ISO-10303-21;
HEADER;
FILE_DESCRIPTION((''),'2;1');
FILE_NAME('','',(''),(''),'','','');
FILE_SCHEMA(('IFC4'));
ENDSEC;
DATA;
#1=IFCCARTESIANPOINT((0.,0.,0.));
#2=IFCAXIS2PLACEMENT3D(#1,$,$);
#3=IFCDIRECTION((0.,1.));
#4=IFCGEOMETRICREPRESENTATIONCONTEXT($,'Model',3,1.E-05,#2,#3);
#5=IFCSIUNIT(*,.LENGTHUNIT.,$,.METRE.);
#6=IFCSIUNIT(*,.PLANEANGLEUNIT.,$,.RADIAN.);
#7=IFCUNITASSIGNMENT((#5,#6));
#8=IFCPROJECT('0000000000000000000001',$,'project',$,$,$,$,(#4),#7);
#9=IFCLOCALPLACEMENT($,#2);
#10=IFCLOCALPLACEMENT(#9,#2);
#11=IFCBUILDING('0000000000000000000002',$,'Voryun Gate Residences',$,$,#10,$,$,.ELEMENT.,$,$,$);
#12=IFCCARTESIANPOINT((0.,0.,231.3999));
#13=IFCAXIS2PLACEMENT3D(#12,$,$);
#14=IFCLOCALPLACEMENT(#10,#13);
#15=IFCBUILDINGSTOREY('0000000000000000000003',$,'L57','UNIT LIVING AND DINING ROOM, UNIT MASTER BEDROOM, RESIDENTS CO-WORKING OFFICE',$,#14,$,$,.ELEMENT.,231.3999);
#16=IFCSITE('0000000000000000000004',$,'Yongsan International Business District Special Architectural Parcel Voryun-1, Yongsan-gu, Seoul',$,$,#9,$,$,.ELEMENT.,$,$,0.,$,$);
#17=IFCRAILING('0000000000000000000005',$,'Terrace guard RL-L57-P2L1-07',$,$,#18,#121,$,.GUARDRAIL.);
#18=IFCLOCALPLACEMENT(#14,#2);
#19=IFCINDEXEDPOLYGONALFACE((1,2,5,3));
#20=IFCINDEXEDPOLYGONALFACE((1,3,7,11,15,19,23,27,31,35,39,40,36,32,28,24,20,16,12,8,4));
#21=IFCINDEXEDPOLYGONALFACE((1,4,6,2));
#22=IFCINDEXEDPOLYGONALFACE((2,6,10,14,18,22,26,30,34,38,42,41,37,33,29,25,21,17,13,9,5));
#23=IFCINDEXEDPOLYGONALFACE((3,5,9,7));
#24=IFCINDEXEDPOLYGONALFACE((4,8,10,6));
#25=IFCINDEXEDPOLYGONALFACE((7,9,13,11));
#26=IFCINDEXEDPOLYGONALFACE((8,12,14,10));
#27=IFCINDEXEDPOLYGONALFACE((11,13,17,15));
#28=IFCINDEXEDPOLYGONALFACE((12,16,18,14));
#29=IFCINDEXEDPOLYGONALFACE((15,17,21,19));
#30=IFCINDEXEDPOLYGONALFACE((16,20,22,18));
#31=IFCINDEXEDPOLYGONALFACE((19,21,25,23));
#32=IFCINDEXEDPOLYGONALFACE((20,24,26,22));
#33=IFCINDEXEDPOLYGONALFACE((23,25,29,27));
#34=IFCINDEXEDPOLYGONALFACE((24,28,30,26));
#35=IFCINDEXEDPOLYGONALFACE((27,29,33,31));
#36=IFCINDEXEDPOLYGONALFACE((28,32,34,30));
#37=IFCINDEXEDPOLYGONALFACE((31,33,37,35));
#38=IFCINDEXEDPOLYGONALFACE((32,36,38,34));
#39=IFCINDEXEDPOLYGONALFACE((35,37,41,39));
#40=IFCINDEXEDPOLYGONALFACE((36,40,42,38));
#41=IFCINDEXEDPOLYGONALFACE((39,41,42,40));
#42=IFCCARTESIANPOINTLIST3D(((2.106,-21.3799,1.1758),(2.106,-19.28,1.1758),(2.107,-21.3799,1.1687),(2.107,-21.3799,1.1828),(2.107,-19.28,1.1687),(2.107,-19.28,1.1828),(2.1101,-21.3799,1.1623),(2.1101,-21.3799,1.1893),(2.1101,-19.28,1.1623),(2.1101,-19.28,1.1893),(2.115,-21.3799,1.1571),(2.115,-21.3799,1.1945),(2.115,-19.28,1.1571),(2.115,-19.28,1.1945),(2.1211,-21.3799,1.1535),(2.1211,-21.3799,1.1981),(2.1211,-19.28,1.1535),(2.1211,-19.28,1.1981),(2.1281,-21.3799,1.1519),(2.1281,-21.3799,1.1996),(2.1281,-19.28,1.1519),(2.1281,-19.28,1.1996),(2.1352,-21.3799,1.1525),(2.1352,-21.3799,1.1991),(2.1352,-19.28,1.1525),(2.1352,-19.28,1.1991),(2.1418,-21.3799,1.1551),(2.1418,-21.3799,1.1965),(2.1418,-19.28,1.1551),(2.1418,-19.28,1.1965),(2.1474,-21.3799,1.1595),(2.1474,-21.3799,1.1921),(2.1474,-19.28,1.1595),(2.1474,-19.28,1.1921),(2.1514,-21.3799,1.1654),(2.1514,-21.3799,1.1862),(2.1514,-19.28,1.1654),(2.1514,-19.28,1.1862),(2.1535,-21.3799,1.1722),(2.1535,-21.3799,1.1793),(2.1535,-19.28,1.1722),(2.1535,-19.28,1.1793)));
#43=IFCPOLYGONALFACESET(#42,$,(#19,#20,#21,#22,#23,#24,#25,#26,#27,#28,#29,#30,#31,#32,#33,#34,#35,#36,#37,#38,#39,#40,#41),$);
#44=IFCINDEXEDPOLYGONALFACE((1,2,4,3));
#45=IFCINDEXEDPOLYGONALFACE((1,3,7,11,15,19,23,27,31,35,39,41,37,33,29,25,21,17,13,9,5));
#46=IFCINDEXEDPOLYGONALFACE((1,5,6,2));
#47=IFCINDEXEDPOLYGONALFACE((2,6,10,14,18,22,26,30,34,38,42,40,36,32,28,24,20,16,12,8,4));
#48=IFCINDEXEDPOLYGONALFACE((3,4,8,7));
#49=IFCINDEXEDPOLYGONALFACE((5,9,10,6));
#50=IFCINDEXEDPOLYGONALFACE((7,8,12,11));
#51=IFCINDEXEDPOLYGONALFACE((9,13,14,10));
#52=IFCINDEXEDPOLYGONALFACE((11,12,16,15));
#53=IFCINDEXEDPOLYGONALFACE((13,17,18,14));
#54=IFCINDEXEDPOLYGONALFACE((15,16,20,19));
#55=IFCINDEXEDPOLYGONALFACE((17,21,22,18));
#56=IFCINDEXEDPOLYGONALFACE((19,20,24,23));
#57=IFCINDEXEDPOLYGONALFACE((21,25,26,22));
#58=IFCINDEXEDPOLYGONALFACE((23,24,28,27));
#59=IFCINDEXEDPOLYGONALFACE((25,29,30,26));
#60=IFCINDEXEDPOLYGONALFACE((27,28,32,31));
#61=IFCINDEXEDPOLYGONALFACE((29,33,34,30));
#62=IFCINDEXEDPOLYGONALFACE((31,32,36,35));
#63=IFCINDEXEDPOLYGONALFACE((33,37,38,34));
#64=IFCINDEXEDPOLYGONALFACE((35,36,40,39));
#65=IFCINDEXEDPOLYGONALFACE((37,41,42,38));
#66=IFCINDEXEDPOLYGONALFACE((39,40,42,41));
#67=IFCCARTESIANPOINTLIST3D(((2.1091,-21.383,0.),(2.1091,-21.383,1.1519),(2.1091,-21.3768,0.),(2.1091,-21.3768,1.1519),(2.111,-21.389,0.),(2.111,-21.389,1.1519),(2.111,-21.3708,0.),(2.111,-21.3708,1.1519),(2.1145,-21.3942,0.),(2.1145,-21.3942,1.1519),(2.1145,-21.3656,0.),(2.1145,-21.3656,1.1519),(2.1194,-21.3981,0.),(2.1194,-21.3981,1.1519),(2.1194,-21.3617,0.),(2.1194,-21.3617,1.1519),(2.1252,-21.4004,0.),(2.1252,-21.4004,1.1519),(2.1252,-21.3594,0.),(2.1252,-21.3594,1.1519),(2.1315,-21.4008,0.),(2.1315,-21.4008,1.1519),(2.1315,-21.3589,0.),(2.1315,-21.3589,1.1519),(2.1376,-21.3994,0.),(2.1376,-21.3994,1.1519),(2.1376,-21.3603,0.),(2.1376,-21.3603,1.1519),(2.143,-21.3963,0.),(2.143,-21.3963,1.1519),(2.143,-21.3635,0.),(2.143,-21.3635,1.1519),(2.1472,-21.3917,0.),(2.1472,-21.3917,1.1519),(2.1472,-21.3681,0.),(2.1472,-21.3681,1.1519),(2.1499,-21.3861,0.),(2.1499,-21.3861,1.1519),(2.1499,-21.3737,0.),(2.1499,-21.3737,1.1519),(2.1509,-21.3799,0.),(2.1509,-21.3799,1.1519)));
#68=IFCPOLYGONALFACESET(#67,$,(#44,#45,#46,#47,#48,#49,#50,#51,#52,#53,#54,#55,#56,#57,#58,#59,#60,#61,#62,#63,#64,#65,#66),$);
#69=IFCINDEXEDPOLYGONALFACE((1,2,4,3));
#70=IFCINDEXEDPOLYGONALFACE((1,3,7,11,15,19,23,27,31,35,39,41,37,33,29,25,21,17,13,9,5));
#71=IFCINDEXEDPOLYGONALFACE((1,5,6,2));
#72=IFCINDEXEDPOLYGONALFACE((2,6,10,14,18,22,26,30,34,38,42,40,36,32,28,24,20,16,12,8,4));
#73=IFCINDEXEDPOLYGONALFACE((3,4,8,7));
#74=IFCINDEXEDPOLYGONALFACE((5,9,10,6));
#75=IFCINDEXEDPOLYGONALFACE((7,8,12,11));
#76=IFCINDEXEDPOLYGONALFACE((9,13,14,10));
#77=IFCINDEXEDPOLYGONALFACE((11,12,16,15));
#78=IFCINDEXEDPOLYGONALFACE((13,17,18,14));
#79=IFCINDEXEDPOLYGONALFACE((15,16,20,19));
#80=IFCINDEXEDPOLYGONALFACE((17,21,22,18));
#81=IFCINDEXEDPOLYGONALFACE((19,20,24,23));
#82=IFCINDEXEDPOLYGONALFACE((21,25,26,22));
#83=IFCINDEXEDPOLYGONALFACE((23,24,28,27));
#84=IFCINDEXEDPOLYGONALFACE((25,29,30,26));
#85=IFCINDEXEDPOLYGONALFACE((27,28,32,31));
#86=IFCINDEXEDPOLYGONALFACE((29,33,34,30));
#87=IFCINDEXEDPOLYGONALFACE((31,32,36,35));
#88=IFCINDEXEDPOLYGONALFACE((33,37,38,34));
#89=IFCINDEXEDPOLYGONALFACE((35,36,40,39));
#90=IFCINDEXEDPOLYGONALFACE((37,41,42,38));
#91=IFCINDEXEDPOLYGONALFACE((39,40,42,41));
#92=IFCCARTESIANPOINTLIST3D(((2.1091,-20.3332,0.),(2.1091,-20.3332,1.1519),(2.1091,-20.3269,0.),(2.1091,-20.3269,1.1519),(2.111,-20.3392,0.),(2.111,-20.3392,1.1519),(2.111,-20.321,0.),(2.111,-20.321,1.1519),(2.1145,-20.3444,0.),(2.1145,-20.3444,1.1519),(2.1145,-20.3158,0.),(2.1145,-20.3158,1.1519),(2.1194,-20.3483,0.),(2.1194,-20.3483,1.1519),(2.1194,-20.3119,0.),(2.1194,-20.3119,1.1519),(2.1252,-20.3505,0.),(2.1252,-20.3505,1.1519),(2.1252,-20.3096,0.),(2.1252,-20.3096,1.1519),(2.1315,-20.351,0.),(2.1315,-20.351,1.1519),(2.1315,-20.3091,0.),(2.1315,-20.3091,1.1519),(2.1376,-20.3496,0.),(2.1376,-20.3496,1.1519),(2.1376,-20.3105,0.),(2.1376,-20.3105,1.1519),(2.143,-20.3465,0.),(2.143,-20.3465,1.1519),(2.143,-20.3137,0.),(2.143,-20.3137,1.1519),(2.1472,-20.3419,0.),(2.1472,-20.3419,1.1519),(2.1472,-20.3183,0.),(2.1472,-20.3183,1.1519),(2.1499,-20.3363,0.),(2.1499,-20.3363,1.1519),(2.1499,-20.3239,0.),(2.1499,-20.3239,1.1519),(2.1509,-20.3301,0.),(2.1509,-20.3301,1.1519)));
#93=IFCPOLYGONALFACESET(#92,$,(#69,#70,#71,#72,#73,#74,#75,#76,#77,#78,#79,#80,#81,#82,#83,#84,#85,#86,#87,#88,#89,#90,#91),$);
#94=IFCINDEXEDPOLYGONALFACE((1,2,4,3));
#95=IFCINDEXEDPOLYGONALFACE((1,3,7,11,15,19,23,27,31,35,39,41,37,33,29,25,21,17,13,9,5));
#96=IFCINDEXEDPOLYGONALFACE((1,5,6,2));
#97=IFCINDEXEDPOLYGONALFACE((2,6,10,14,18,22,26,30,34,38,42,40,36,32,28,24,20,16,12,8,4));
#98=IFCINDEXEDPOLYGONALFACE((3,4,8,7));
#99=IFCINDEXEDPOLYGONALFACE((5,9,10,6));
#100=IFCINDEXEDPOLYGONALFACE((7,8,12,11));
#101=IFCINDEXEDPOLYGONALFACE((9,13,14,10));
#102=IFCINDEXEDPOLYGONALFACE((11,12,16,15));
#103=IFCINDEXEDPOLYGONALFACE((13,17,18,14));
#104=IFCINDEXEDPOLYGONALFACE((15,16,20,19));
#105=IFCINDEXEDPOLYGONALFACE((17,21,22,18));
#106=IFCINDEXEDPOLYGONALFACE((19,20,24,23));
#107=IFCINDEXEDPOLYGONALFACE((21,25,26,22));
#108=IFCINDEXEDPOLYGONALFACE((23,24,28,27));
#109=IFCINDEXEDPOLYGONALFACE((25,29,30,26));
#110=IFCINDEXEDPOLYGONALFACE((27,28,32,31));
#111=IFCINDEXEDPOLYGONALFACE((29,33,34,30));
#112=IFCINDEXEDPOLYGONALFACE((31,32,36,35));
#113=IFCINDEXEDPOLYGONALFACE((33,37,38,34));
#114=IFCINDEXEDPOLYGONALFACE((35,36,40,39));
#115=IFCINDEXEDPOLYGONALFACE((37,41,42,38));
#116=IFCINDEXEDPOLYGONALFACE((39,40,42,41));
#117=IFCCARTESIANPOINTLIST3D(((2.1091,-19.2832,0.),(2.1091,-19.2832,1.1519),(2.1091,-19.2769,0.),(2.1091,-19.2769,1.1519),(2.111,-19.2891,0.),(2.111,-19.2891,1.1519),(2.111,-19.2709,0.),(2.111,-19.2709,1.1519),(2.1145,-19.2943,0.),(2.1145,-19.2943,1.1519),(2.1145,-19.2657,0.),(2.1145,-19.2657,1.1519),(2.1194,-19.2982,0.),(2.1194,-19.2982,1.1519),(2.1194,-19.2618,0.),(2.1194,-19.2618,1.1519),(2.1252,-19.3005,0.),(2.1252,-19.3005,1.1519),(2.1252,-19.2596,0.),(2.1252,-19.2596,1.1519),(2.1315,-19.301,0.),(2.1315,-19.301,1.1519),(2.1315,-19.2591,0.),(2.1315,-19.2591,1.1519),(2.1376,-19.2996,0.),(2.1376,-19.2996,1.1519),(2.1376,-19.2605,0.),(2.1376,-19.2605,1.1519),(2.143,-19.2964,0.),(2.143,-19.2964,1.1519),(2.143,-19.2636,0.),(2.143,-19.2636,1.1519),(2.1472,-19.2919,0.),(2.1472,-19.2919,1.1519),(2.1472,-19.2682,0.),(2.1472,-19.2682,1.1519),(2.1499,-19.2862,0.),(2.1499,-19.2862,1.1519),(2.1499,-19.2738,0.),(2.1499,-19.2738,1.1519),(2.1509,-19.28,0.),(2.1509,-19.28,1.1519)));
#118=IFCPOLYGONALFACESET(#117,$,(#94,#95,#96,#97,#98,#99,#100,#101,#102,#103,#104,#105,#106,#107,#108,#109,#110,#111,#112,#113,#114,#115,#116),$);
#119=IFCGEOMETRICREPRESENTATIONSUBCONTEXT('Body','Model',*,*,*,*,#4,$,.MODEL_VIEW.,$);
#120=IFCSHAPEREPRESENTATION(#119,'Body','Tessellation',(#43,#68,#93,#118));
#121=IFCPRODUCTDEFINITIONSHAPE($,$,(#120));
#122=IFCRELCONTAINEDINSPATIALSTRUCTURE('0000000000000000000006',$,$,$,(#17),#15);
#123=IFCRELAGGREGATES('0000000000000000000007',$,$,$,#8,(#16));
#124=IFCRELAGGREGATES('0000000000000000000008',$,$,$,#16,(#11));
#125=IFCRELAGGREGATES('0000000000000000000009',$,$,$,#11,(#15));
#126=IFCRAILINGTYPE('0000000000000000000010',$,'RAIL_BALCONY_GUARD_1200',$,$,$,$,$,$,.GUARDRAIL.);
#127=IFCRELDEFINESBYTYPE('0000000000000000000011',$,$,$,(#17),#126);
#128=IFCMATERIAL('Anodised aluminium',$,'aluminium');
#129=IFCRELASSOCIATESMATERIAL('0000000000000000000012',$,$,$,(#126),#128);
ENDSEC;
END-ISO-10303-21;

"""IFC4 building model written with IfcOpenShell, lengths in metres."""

from ifc_helpers import new_model, si_unit, direction, frame, origin, origin_2d, place, context, subcontext, project, spatial, circle, extrude, material, type_object, element, save


model = new_model("IFC4")

# Units and contexts
model_context = context("Model", 3, precision=1e-05, world=origin(), true_north=direction((0.0, 1.0)))
body_context = subcontext(model_context, "Body", "Model", "MODEL_VIEW")
ifc_project = project(units=[si_unit("LENGTHUNIT", "METRE"), si_unit("PLANEANGLEUNIT", "RADIAN")], contexts=[model_context])

# Site, building, storey
site_placement = place(None, origin())
site = spatial("IfcSite", under=ifc_project, at=site_placement, Name="Yongsan International Business District Special Architectural Parcel Voryun-1, Yongsan-gu, Seoul", CompositionType="ELEMENT", RefElevation=0.0)
building_placement = place(site_placement, origin())
building = spatial("IfcBuilding", under=site, at=building_placement, Name="Voryun Gate Residences", CompositionType="ELEMENT")
storey_placement = place(building_placement, frame((0.0, 0.0, 231.3999)))
storey = spatial("IfcBuildingStorey", under=building, at=storey_placement, Name="L57", Description="UNIT LIVING AND DINING ROOM, UNIT MASTER BEDROOM, RESIDENTS CO-WORKING OFFICE", CompositionType="ELEMENT", Elevation=231.3999)

# Railing
ifc_material_1 = material(Name="Anodised aluminium", Category="aluminium")
railing_type = type_object("IfcRailingType", Name="RAIL_BALCONY_GUARD_1200", PredefinedType="GUARDRAIL", material=ifc_material_1)
railing_1_placement = place(storey_placement, frame((2.1299, -21.3799, 0.0)))
element("IfcRailing", 1, at=railing_1_placement, inside=storey, type_object=railing_type, Name="Terrace guard RL-L57-P2L1-07", PredefinedType="GUARDRAIL", context=body_context, shape_type="SweptSolid", body=[
    extrude(circle(Radius=0.0239, at=origin_2d()), frame((0.0, 0.0, 1.1758), z_axis=(0.0, 1.0, 0.0), x_axis=(-1.0, 0.0, 0.0)), (0.0, 0.0, 1.0), 2.0999),
    extrude(circle(Radius=0.021, at=origin_2d()), origin(), (0.0, 0.0, 1.0), 1.1519),
    extrude(circle(Radius=0.021, at=origin_2d()), frame((0.0, 1.0498, 0.0)), (0.0, 0.0, 1.0), 1.1519),
    extrude(circle(Radius=0.021, at=origin_2d()), frame((0.0, 2.0999, 0.0)), (0.0, 0.0, 1.0), 1.1519),
])

save(model, "model.ifc")
